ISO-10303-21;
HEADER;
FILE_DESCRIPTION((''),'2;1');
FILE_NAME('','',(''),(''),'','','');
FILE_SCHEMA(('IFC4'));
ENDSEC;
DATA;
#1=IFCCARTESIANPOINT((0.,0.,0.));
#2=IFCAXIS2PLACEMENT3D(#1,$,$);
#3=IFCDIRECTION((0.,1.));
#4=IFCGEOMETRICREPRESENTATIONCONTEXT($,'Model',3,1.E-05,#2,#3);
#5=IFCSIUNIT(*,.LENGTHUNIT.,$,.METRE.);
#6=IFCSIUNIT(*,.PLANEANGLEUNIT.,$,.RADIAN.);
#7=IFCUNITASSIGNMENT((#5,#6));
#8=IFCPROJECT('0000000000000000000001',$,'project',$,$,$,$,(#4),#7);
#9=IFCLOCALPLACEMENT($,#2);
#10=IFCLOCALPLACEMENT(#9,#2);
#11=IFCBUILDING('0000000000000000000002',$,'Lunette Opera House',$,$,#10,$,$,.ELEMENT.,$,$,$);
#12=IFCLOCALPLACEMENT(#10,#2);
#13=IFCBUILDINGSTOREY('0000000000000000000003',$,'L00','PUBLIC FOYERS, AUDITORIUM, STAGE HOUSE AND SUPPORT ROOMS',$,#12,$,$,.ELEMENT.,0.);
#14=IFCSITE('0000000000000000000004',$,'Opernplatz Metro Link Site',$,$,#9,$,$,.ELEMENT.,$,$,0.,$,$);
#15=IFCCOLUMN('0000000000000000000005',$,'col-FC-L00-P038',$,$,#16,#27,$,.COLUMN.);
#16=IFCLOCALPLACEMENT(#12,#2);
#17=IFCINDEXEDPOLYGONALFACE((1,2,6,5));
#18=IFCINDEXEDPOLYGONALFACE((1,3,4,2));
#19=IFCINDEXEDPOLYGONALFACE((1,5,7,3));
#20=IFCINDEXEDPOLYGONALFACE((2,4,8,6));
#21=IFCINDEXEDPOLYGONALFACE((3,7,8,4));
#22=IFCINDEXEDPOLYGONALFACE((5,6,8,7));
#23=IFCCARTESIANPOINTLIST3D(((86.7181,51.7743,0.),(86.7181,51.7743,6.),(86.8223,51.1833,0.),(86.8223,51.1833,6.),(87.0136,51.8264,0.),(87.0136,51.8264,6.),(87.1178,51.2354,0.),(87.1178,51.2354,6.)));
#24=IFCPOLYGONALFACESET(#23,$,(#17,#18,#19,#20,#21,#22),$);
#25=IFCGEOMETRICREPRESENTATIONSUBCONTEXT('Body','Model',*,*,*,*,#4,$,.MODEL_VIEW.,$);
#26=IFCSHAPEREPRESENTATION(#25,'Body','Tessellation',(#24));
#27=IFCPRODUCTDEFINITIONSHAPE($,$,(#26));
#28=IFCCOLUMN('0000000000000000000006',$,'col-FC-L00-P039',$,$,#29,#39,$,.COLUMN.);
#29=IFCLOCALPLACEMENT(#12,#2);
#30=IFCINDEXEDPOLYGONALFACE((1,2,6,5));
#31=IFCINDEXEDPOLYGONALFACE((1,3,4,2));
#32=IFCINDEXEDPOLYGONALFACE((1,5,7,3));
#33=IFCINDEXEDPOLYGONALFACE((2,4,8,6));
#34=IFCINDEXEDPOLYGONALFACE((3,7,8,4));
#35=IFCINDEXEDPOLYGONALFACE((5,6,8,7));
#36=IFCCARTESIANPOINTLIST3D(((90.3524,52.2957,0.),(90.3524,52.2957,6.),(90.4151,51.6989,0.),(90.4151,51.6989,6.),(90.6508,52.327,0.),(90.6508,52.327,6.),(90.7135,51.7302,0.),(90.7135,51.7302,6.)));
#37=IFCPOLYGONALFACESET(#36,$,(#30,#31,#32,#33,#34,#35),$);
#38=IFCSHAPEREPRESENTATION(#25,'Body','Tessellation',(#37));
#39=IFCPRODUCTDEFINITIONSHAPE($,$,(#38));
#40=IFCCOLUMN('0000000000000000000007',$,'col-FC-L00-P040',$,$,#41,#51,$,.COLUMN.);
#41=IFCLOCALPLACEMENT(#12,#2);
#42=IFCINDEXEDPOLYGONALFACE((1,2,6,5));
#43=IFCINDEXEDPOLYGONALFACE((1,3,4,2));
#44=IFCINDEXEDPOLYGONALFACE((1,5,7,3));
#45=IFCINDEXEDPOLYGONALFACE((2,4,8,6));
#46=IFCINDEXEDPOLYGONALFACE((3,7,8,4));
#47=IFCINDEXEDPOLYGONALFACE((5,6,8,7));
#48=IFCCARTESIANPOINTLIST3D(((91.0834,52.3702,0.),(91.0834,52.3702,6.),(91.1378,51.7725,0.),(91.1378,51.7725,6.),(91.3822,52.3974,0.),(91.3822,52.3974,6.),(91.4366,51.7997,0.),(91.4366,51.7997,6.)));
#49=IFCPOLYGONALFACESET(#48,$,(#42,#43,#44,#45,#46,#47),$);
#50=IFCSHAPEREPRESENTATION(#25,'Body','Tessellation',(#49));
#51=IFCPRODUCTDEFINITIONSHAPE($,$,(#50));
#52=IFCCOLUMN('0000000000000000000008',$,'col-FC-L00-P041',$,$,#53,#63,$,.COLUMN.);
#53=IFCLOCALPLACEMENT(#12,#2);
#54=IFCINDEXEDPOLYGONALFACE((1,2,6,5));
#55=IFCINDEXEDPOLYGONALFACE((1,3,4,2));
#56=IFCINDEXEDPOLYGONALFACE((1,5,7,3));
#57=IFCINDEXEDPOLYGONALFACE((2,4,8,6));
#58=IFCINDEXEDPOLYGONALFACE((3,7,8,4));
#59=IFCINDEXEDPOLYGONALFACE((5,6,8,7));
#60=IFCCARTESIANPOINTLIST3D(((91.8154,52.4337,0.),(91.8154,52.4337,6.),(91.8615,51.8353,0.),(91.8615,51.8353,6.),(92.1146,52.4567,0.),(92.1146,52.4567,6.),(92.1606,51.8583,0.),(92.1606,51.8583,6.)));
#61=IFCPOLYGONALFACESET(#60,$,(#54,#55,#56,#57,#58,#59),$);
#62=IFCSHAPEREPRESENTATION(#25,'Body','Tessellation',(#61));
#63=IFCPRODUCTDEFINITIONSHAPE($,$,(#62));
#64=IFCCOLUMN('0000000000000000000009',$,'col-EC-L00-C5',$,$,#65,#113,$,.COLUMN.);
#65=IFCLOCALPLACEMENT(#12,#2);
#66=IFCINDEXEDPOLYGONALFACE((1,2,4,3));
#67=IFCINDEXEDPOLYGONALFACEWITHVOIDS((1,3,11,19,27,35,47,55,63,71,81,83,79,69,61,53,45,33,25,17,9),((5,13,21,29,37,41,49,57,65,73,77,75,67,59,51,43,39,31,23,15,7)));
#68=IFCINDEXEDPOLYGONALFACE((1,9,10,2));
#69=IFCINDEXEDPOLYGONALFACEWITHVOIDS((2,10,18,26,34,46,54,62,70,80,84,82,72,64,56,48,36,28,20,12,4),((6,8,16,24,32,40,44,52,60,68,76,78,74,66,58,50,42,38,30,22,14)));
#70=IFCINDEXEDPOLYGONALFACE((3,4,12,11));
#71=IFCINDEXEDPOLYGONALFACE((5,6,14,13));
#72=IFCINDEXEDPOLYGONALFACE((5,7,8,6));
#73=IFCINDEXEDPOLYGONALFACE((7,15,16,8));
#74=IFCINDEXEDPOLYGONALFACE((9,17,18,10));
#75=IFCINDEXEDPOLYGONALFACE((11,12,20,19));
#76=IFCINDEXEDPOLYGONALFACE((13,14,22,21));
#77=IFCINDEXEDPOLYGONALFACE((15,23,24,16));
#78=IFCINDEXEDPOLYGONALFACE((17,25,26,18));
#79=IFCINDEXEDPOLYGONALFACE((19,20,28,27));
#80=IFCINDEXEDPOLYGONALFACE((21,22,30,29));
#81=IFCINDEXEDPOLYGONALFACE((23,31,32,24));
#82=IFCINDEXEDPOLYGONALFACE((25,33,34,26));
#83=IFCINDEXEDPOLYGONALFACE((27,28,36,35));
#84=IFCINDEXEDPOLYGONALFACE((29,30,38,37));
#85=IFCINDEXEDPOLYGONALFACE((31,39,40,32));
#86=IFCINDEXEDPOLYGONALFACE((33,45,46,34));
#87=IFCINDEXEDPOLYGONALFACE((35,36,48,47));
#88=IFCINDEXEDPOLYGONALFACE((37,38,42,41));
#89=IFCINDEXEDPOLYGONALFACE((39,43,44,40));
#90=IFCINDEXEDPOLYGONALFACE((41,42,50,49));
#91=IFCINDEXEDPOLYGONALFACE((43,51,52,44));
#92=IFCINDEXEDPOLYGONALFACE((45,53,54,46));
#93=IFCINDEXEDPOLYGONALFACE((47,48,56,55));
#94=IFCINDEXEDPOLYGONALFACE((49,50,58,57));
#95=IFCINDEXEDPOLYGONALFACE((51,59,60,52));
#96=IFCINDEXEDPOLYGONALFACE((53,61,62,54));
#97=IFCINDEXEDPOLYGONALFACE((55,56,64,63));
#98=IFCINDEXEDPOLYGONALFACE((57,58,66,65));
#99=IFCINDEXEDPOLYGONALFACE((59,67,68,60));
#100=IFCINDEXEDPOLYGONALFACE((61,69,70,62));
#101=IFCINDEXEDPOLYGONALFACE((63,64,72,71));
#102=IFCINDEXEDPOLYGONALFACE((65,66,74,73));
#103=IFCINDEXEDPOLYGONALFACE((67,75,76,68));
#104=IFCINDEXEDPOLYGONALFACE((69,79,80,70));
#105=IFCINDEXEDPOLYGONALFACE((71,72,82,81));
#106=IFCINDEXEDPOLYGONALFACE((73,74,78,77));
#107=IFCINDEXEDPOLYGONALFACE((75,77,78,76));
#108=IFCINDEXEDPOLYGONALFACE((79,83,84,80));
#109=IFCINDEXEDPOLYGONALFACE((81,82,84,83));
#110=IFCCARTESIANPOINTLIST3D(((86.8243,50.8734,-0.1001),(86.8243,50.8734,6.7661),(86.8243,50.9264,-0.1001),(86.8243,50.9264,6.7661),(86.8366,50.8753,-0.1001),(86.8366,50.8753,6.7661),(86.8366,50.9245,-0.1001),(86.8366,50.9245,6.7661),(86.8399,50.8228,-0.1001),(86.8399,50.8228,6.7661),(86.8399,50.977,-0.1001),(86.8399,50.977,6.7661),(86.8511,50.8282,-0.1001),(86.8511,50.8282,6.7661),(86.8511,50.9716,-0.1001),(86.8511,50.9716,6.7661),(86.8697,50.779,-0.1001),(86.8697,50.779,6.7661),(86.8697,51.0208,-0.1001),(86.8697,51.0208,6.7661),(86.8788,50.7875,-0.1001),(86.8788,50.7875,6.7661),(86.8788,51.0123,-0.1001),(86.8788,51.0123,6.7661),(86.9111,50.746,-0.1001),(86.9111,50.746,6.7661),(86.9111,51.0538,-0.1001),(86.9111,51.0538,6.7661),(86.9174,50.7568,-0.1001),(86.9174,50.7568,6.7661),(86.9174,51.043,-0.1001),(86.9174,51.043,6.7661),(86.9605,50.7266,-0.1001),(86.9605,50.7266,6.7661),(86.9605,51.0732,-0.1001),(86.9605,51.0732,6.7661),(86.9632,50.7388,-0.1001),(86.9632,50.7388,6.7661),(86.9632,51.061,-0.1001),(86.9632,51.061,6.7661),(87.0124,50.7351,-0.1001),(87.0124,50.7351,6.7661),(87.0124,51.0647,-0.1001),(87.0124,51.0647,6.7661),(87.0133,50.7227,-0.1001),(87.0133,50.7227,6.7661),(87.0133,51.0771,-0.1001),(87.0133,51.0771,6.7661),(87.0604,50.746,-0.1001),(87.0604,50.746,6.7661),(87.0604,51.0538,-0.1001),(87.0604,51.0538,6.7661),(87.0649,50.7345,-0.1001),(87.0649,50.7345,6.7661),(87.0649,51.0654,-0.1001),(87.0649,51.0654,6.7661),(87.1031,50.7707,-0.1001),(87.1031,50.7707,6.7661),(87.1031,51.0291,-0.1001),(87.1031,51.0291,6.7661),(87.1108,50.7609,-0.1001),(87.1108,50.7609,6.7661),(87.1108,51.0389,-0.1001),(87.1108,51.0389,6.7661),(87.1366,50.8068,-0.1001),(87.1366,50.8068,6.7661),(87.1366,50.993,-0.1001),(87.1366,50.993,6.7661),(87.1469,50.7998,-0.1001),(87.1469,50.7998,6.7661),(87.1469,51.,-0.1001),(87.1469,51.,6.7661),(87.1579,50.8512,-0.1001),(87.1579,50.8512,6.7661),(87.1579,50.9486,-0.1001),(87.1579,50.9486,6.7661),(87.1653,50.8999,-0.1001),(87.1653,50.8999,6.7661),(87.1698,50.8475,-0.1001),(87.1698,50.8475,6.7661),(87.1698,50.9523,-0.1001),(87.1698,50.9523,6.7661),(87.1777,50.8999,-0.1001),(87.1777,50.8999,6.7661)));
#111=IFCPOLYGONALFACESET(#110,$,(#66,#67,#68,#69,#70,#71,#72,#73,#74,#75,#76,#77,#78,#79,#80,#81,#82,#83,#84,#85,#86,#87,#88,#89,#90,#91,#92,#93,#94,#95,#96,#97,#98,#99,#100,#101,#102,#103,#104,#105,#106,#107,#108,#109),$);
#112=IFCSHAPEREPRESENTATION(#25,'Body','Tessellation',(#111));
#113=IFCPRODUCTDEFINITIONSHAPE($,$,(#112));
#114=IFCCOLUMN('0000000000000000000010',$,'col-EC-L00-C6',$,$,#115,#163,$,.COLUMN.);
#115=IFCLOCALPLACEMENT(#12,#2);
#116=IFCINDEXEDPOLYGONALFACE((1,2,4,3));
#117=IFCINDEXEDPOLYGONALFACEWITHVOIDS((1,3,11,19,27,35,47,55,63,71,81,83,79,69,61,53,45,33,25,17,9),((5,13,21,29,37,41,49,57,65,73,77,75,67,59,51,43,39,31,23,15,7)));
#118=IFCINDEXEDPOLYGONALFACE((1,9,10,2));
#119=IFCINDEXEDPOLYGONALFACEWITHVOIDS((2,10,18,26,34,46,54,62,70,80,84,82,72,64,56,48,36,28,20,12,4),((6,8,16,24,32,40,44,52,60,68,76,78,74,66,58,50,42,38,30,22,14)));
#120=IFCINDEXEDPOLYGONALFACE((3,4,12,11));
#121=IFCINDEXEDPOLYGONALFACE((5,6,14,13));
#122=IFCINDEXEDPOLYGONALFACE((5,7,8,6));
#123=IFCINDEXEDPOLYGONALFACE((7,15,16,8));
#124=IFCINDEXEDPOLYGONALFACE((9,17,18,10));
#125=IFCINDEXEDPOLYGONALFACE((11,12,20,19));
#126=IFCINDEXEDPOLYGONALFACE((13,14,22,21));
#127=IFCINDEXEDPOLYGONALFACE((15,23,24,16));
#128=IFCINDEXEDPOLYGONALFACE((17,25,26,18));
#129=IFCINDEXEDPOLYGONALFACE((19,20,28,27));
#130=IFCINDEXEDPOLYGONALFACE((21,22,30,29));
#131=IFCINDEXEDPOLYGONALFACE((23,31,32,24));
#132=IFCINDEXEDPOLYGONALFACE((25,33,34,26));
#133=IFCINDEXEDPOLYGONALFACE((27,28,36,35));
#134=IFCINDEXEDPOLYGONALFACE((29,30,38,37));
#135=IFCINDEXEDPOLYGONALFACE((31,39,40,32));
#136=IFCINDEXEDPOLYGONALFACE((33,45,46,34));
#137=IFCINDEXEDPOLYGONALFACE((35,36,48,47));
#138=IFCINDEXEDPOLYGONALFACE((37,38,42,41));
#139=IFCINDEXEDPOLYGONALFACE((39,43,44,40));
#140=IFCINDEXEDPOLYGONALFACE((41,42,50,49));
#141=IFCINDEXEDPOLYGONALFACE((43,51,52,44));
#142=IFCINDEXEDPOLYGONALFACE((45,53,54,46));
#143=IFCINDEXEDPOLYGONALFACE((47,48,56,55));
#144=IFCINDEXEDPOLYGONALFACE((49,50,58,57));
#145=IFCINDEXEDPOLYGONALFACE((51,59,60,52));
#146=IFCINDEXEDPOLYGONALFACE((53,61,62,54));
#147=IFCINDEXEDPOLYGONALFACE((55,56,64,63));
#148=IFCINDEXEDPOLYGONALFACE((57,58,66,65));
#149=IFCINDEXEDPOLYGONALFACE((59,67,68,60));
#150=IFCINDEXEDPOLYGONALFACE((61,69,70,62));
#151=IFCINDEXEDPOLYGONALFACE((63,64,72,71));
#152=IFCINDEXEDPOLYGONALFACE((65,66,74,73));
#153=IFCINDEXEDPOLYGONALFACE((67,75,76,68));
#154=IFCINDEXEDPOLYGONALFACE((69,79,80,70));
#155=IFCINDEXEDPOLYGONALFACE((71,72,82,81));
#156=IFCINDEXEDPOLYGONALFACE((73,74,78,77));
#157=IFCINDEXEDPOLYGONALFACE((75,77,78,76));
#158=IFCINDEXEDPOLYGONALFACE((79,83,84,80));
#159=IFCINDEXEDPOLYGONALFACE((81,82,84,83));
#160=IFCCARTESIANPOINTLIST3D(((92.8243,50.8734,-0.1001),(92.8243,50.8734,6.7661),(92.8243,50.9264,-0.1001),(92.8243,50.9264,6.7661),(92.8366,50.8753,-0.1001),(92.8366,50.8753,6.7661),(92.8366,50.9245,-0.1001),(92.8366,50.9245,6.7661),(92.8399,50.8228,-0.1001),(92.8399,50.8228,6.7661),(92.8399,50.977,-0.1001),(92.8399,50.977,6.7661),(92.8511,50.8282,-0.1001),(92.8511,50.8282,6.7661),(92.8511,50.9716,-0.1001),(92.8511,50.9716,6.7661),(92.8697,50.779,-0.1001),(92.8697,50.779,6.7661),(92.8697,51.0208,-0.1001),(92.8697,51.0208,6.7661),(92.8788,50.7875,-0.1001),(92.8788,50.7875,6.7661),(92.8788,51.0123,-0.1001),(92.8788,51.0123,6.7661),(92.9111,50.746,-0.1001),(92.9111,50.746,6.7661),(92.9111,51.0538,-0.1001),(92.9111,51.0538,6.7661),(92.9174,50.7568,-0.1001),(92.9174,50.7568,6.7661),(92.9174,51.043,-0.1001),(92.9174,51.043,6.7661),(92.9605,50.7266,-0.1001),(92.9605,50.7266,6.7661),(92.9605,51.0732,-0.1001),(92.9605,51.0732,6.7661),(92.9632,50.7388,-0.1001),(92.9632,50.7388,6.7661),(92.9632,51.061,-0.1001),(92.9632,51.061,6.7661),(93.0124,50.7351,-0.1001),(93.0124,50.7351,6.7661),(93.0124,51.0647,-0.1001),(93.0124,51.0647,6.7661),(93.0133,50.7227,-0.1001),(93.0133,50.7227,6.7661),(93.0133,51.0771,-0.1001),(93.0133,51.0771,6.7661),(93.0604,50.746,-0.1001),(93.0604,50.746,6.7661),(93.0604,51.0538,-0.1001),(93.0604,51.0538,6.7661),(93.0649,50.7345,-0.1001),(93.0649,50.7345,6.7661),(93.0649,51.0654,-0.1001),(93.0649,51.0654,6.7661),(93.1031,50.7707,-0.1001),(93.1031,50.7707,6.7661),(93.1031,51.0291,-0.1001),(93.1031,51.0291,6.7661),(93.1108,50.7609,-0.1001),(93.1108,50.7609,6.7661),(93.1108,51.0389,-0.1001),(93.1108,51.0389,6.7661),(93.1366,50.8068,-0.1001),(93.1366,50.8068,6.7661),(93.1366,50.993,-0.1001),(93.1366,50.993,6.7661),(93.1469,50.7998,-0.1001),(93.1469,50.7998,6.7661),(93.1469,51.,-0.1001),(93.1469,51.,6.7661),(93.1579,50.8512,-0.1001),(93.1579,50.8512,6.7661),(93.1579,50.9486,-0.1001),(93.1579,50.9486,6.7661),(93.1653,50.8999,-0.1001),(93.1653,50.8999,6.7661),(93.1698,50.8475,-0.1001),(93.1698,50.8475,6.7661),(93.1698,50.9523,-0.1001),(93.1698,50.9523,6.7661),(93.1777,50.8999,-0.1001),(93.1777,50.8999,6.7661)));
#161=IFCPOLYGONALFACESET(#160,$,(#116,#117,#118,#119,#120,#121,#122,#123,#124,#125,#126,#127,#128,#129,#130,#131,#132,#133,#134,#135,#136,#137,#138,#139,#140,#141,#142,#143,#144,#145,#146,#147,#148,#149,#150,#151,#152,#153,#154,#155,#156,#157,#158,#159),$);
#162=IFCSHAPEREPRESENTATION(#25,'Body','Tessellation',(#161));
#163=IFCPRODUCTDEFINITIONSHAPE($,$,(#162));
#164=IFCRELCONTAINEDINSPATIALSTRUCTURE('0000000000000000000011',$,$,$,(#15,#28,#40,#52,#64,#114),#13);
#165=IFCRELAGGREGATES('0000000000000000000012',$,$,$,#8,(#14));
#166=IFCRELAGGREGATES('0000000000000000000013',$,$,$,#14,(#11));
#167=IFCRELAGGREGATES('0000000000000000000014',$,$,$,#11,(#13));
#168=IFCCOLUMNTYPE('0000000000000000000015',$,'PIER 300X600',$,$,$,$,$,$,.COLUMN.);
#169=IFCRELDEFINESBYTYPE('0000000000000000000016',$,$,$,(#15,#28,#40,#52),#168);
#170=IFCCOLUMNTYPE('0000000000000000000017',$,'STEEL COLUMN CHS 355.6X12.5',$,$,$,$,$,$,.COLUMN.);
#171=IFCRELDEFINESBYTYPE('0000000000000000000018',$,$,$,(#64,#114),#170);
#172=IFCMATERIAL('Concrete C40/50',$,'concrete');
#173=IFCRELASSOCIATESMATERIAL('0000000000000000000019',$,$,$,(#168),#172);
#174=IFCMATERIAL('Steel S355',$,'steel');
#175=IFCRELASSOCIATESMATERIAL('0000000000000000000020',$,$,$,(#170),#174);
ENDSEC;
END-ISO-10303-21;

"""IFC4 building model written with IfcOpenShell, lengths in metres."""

from ifc_helpers import new_model, si_unit, direction, frame, origin, origin_2d, place, context, subcontext, project, spatial, rectangle, hollow_circle, extrude, material, material_profile, profile_set, type_object, element, save


model = new_model("IFC4")

# Units and contexts
model_context = context("Model", 3, precision=1e-05, world=origin(), true_north=direction((0.0, 1.0)))
body_context = subcontext(model_context, "Body", "Model", "MODEL_VIEW")
ifc_project = project(units=[si_unit("LENGTHUNIT", "METRE"), si_unit("PLANEANGLEUNIT", "RADIAN")], contexts=[model_context])

# Site, building, storey
site_placement = place(None, origin())
site = spatial("IfcSite", under=ifc_project, at=site_placement, Name="Opernplatz Metro Link Site", CompositionType="ELEMENT", RefElevation=0.0)
building_placement = place(site_placement, origin())
building = spatial("IfcBuilding", under=site, at=building_placement, Name="Lunette Opera House", CompositionType="ELEMENT")
storey_placement = place(building_placement, origin())
storey = spatial("IfcBuildingStorey", under=building, at=storey_placement, Name="L00", Description="PUBLIC FOYERS, AUDITORIUM, STAGE HOUSE AND SUPPORT ROOMS", CompositionType="ELEMENT", Elevation=0.0)

# Columns
ifc_material_1 = material(Name="Concrete C40/50", Category="concrete")
ifc_material_profile_1 = material_profile(ifc_material_1, rectangle(XDim=0.3, YDim=0.6001, at=origin_2d()), Name="PIER 300X600")
ifc_profile_set_1 = profile_set([ifc_material_profile_1], Name="Concrete C40/50")
column_type_1 = type_object("IfcColumnType", Name="PIER 300X600", PredefinedType="COLUMN", material=ifc_profile_set_1)
for number, where, z_axis, x_axis, name in (
    (1, (86.918, 51.5049, 0.0), (0.0, 0.0, 1.0), (0.984808, 0.173648, 0.0), "col-FC-L00-P038"),
    (2, (90.533, 52.0129, 0.0), (0.0, 0.0, 1.0), (0.994522, 0.104528, 0.0), "col-FC-L00-P039"),
    (3, (91.26, 52.085, 0.0), (0.0, 0.0, 1.0), (0.995884, 0.090633, 0.0), "col-FC-L00-P040"),
    (4, (91.988, 52.146, 0.0), (0.0, 0.0, 1.0), (0.997053, 0.076719, 0.0), "col-FC-L00-P041"),
):
    element("IfcColumn", number, at=place(storey_placement, frame(where, z_axis=z_axis, x_axis=x_axis)), inside=storey, type_object=column_type_1, Name=name, PredefinedType="COLUMN", context=body_context, shape_type="SweptSolid", body=[
        extrude(rectangle(XDim=0.3, YDim=0.6001, at=origin_2d()), origin(), (0.0, 0.0, 1.0), 6.0),
    ])
ifc_material_2 = material(Name="Steel S355", Category="steel")
ifc_material_profile_2 = material_profile(ifc_material_2, hollow_circle(Radius=0.1777, WallThickness=0.0125, at=origin_2d()), Name="CHS 355.6X12.5")
ifc_profile_set_2 = profile_set([ifc_material_profile_2], Name="Steel S355")
column_type_2 = type_object("IfcColumnType", Name="STEEL COLUMN CHS 355.6X12.5", PredefinedType="COLUMN", material=ifc_profile_set_2)
for number, where, z_axis, x_axis, name in (
    (5, (87.0, 50.8999, -0.1001), (0.0, 0.0, 1.0), (1.0, 0.0, 0.0), "col-EC-L00-C5"),
    (6, (93.0, 50.8999, -0.1001), (0.0, 0.0, 1.0), (1.0, 0.0, 0.0), "col-EC-L00-C6"),
):
    element("IfcColumn", number, at=place(storey_placement, frame(where, z_axis=z_axis, x_axis=x_axis)), inside=storey, type_object=column_type_2, Name=name, PredefinedType="COLUMN", context=body_context, shape_type="SweptSolid", body=[
        extrude(hollow_circle(Radius=0.1777, WallThickness=0.0125, at=origin_2d()), origin(), (0.0, 0.0, 1.0), 6.8662),
    ])

save(model, "model.ifc")
